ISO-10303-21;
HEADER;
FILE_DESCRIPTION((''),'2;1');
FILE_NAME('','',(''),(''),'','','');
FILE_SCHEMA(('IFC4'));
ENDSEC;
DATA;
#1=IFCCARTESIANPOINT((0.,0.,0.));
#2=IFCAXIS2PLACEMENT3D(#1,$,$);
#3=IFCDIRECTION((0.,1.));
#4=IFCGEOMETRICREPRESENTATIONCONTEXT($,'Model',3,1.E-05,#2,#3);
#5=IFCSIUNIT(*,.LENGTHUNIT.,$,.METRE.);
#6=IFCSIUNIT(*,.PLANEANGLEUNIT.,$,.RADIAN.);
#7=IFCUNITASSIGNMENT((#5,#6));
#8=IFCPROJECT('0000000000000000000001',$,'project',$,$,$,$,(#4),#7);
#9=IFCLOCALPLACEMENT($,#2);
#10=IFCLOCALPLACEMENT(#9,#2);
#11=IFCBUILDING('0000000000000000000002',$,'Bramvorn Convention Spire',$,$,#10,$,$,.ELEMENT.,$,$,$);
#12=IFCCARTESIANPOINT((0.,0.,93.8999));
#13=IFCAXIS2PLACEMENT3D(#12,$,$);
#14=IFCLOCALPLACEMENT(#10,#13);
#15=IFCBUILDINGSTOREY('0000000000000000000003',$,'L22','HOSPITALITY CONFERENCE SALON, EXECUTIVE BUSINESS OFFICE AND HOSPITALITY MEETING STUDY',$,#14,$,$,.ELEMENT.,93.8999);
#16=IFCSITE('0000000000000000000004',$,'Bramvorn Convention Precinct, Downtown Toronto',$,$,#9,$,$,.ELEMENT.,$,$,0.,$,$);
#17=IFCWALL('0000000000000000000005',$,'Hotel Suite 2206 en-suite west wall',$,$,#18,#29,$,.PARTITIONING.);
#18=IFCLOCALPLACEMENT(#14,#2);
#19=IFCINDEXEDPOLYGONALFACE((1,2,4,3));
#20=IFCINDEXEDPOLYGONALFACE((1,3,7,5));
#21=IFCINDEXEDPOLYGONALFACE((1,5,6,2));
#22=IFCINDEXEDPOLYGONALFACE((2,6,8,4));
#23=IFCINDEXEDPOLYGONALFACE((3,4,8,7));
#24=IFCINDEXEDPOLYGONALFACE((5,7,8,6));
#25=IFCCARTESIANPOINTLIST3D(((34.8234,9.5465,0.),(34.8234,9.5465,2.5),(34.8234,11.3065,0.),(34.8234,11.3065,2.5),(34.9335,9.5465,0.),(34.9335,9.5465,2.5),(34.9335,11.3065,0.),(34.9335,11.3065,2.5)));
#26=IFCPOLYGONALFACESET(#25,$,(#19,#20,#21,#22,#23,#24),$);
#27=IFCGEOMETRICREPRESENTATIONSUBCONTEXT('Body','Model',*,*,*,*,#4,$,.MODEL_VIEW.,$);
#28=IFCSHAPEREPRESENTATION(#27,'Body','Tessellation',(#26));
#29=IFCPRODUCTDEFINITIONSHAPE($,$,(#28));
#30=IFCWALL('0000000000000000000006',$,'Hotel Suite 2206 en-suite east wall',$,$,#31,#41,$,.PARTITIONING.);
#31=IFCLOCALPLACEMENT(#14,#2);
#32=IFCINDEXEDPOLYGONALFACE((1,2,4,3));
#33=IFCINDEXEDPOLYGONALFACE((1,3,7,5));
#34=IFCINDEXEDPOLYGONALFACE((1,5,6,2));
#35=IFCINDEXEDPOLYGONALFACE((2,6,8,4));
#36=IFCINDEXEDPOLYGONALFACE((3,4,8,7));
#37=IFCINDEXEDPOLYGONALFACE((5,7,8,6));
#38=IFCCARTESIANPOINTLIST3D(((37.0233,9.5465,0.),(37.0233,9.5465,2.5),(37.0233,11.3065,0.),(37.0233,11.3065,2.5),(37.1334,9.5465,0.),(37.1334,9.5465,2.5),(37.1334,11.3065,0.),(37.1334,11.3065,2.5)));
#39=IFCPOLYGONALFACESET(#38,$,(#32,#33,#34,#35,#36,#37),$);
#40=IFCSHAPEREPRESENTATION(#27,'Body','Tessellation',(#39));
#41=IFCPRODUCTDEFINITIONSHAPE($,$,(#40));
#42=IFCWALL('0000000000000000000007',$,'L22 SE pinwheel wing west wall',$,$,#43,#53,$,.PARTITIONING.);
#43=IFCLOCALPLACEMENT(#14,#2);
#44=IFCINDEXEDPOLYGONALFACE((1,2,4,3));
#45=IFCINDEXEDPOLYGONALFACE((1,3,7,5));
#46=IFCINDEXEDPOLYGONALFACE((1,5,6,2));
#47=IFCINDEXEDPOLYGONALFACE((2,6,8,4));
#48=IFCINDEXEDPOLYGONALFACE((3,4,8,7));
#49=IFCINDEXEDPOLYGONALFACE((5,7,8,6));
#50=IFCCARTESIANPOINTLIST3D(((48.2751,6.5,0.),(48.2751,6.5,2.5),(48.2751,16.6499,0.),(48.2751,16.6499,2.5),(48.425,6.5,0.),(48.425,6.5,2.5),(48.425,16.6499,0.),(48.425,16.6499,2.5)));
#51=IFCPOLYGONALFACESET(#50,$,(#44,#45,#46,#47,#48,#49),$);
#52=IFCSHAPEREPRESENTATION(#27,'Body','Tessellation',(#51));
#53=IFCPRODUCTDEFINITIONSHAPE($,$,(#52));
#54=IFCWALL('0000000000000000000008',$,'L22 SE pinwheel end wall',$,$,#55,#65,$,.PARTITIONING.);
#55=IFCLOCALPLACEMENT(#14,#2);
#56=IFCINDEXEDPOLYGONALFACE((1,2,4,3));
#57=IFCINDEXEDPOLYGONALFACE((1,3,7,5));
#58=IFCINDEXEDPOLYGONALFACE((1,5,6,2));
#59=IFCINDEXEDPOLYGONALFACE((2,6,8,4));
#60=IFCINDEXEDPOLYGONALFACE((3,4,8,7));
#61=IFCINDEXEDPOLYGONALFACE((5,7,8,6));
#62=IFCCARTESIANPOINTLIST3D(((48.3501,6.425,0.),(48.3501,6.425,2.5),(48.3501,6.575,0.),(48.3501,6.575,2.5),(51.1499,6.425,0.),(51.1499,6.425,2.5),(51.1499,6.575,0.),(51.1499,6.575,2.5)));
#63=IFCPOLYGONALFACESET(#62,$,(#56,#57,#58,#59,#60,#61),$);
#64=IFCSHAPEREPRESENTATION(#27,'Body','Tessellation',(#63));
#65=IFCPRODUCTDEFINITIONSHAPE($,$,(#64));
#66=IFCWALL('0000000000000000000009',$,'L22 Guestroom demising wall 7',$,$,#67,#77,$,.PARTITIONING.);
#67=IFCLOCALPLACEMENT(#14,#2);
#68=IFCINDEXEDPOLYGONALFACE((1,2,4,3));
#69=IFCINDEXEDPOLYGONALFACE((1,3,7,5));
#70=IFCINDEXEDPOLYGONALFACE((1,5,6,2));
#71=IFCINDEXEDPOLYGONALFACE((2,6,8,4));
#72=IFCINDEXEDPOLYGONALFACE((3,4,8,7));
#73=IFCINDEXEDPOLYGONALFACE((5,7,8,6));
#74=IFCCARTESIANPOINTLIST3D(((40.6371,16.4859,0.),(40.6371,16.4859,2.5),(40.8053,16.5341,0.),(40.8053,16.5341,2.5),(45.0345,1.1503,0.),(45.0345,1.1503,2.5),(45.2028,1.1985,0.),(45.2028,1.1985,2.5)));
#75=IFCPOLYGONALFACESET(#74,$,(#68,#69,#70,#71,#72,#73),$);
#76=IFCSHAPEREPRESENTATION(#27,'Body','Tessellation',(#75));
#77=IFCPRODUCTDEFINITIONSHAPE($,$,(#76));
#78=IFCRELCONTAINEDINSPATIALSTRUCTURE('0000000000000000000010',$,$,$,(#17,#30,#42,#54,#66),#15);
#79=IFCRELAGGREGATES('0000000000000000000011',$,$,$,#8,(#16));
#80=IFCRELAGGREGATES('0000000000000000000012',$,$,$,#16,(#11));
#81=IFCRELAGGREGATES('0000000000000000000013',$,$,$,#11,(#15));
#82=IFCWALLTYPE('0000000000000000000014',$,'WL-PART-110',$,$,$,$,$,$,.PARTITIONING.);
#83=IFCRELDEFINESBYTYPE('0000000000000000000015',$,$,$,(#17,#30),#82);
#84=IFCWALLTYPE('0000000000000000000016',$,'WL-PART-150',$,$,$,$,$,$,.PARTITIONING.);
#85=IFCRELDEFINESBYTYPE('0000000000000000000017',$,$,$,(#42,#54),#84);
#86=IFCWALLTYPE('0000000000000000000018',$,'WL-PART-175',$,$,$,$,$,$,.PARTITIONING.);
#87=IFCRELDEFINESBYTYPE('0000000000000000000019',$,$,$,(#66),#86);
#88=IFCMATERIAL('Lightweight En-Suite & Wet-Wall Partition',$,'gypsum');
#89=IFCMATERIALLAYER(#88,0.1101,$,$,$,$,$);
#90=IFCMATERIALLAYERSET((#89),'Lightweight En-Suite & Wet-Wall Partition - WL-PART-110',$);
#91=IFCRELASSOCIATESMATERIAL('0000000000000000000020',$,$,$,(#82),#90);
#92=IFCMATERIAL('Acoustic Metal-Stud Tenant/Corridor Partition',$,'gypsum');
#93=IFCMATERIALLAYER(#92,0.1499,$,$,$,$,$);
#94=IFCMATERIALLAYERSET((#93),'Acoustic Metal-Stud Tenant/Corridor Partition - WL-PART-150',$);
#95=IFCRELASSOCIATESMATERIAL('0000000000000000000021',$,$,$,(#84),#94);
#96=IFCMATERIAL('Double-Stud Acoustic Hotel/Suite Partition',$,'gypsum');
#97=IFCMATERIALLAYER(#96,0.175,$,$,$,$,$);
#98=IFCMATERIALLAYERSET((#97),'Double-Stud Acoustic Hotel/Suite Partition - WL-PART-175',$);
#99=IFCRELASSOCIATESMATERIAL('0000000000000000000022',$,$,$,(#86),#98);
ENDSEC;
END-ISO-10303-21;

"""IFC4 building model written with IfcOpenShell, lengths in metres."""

from ifc_helpers import new_model, si_unit, direction, frame, frame_2d, origin, place, context, subcontext, project, spatial, rectangle, extrude, material, layer, layer_set, type_object, element, save


model = new_model("IFC4")

# Units and contexts
model_context = context("Model", 3, precision=1e-05, world=origin(), true_north=direction((0.0, 1.0)))
body_context = subcontext(model_context, "Body", "Model", "MODEL_VIEW")
ifc_project = project(units=[si_unit("LENGTHUNIT", "METRE"), si_unit("PLANEANGLEUNIT", "RADIAN")], contexts=[model_context])

# Site, building, storey
site_placement = place(None, origin())
site = spatial("IfcSite", under=ifc_project, at=site_placement, Name="Bramvorn Convention Precinct, Downtown Toronto", CompositionType="ELEMENT", RefElevation=0.0)
building_placement = place(site_placement, origin())
building = spatial("IfcBuilding", under=site, at=building_placement, Name="Bramvorn Convention Spire", CompositionType="ELEMENT")
storey_placement = place(building_placement, frame((0.0, 0.0, 93.8999)))
storey = spatial("IfcBuildingStorey", under=building, at=storey_placement, Name="L22", Description="HOSPITALITY CONFERENCE SALON, EXECUTIVE BUSINESS OFFICE AND HOSPITALITY MEETING STUDY", CompositionType="ELEMENT", Elevation=93.8999)

# Shared definitions
ifc_material_1 = material(Name="Lightweight En-Suite & Wet-Wall Partition", Category="gypsum")
ifc_layer_1 = layer(ifc_material_1, 0.1101)
ifc_layer_set_1 = layer_set([ifc_layer_1], Name="Lightweight En-Suite & Wet-Wall Partition - WL-PART-110")
wall_type_1 = type_object("IfcWallType", Name="WL-PART-110", PredefinedType="PARTITIONING", material=ifc_layer_set_1)

# Walls
for number, where, z_axis, x_axis, name in (
    (1, (34.8784, 9.5466, 0.0), (0.0, 0.0, 1.0), (0.0, 1.0, 0.0), "Hotel Suite 2206 en-suite west wall"),
    (2, (37.0784, 9.5466, 0.0), (0.0, 0.0, 1.0), (0.0, 1.0, 0.0), "Hotel Suite 2206 en-suite east wall"),
):
    element("IfcWall", number, at=place(storey_placement, frame(where, z_axis=z_axis, x_axis=x_axis)), inside=storey, type_object=wall_type_1, Name=name, PredefinedType="PARTITIONING", context=body_context, shape_type="SweptSolid", body=[
        extrude(rectangle(XDim=1.76, YDim=0.1101, at=frame_2d((0.8799, 0.0))), origin(), (0.0, 0.0, 1.0), 2.5),
    ])
ifc_material_2 = material(Name="Acoustic Metal-Stud Tenant/Corridor Partition", Category="gypsum")
ifc_layer_2 = layer(ifc_material_2, 0.1499)
ifc_layer_set_2 = layer_set([ifc_layer_2], Name="Acoustic Metal-Stud Tenant/Corridor Partition - WL-PART-150")
wall_type_2 = type_object("IfcWallType", Name="WL-PART-150", PredefinedType="PARTITIONING", material=ifc_layer_set_2)
wall_1_placement = place(storey_placement, frame((48.3501, 6.5, 0.0), z_axis=(0.0, 0.0, 1.0), x_axis=(0.0, 1.0, 0.0)))
element("IfcWall", 3, at=wall_1_placement, inside=storey, type_object=wall_type_2, Name="L22 SE pinwheel wing west wall", PredefinedType="PARTITIONING", context=body_context, shape_type="SweptSolid", body=[
    extrude(rectangle(XDim=10.1499, YDim=0.1499, at=frame_2d((5.075, 0.0))), origin(), (0.0, 0.0, 1.0), 2.5),
])
wall_2_placement = place(storey_placement, frame((48.3501, 6.5, 0.0), z_axis=(0.0, 0.0, 1.0), x_axis=(1.0, 0.0, 0.0)))
element("IfcWall", 4, at=wall_2_placement, inside=storey, type_object=wall_type_2, Name="L22 SE pinwheel end wall", PredefinedType="PARTITIONING", context=body_context, shape_type="SweptSolid", body=[
    extrude(rectangle(XDim=2.7998, YDim=0.1499, at=frame_2d((1.3999, 0.0))), origin(), (0.0, 0.0, 1.0), 2.5),
])
ifc_material_3 = material(Name="Double-Stud Acoustic Hotel/Suite Partition", Category="gypsum")
ifc_layer_3 = layer(ifc_material_3, 0.175)
ifc_layer_set_3 = layer_set([ifc_layer_3], Name="Double-Stud Acoustic Hotel/Suite Partition - WL-PART-175")
wall_type_3 = type_object("IfcWallType", Name="WL-PART-175", PredefinedType="PARTITIONING", material=ifc_layer_set_3)
wall_3_placement = place(storey_placement, frame((40.7212, 16.51, 0.0), z_axis=(0.0, 0.0, 1.0), x_axis=(0.275639, -0.961261, 0.0)))
element("IfcWall", 5, at=wall_3_placement, inside=storey, type_object=wall_type_3, Name="L22 Guestroom demising wall 7", PredefinedType="PARTITIONING", context=body_context, shape_type="SweptSolid", body=[
    extrude(rectangle(XDim=15.9536, YDim=0.175, at=frame_2d((7.9768, 0.0))), origin(), (0.0, 0.0, 1.0), 2.5),
])

save(model, "model.ifc")
